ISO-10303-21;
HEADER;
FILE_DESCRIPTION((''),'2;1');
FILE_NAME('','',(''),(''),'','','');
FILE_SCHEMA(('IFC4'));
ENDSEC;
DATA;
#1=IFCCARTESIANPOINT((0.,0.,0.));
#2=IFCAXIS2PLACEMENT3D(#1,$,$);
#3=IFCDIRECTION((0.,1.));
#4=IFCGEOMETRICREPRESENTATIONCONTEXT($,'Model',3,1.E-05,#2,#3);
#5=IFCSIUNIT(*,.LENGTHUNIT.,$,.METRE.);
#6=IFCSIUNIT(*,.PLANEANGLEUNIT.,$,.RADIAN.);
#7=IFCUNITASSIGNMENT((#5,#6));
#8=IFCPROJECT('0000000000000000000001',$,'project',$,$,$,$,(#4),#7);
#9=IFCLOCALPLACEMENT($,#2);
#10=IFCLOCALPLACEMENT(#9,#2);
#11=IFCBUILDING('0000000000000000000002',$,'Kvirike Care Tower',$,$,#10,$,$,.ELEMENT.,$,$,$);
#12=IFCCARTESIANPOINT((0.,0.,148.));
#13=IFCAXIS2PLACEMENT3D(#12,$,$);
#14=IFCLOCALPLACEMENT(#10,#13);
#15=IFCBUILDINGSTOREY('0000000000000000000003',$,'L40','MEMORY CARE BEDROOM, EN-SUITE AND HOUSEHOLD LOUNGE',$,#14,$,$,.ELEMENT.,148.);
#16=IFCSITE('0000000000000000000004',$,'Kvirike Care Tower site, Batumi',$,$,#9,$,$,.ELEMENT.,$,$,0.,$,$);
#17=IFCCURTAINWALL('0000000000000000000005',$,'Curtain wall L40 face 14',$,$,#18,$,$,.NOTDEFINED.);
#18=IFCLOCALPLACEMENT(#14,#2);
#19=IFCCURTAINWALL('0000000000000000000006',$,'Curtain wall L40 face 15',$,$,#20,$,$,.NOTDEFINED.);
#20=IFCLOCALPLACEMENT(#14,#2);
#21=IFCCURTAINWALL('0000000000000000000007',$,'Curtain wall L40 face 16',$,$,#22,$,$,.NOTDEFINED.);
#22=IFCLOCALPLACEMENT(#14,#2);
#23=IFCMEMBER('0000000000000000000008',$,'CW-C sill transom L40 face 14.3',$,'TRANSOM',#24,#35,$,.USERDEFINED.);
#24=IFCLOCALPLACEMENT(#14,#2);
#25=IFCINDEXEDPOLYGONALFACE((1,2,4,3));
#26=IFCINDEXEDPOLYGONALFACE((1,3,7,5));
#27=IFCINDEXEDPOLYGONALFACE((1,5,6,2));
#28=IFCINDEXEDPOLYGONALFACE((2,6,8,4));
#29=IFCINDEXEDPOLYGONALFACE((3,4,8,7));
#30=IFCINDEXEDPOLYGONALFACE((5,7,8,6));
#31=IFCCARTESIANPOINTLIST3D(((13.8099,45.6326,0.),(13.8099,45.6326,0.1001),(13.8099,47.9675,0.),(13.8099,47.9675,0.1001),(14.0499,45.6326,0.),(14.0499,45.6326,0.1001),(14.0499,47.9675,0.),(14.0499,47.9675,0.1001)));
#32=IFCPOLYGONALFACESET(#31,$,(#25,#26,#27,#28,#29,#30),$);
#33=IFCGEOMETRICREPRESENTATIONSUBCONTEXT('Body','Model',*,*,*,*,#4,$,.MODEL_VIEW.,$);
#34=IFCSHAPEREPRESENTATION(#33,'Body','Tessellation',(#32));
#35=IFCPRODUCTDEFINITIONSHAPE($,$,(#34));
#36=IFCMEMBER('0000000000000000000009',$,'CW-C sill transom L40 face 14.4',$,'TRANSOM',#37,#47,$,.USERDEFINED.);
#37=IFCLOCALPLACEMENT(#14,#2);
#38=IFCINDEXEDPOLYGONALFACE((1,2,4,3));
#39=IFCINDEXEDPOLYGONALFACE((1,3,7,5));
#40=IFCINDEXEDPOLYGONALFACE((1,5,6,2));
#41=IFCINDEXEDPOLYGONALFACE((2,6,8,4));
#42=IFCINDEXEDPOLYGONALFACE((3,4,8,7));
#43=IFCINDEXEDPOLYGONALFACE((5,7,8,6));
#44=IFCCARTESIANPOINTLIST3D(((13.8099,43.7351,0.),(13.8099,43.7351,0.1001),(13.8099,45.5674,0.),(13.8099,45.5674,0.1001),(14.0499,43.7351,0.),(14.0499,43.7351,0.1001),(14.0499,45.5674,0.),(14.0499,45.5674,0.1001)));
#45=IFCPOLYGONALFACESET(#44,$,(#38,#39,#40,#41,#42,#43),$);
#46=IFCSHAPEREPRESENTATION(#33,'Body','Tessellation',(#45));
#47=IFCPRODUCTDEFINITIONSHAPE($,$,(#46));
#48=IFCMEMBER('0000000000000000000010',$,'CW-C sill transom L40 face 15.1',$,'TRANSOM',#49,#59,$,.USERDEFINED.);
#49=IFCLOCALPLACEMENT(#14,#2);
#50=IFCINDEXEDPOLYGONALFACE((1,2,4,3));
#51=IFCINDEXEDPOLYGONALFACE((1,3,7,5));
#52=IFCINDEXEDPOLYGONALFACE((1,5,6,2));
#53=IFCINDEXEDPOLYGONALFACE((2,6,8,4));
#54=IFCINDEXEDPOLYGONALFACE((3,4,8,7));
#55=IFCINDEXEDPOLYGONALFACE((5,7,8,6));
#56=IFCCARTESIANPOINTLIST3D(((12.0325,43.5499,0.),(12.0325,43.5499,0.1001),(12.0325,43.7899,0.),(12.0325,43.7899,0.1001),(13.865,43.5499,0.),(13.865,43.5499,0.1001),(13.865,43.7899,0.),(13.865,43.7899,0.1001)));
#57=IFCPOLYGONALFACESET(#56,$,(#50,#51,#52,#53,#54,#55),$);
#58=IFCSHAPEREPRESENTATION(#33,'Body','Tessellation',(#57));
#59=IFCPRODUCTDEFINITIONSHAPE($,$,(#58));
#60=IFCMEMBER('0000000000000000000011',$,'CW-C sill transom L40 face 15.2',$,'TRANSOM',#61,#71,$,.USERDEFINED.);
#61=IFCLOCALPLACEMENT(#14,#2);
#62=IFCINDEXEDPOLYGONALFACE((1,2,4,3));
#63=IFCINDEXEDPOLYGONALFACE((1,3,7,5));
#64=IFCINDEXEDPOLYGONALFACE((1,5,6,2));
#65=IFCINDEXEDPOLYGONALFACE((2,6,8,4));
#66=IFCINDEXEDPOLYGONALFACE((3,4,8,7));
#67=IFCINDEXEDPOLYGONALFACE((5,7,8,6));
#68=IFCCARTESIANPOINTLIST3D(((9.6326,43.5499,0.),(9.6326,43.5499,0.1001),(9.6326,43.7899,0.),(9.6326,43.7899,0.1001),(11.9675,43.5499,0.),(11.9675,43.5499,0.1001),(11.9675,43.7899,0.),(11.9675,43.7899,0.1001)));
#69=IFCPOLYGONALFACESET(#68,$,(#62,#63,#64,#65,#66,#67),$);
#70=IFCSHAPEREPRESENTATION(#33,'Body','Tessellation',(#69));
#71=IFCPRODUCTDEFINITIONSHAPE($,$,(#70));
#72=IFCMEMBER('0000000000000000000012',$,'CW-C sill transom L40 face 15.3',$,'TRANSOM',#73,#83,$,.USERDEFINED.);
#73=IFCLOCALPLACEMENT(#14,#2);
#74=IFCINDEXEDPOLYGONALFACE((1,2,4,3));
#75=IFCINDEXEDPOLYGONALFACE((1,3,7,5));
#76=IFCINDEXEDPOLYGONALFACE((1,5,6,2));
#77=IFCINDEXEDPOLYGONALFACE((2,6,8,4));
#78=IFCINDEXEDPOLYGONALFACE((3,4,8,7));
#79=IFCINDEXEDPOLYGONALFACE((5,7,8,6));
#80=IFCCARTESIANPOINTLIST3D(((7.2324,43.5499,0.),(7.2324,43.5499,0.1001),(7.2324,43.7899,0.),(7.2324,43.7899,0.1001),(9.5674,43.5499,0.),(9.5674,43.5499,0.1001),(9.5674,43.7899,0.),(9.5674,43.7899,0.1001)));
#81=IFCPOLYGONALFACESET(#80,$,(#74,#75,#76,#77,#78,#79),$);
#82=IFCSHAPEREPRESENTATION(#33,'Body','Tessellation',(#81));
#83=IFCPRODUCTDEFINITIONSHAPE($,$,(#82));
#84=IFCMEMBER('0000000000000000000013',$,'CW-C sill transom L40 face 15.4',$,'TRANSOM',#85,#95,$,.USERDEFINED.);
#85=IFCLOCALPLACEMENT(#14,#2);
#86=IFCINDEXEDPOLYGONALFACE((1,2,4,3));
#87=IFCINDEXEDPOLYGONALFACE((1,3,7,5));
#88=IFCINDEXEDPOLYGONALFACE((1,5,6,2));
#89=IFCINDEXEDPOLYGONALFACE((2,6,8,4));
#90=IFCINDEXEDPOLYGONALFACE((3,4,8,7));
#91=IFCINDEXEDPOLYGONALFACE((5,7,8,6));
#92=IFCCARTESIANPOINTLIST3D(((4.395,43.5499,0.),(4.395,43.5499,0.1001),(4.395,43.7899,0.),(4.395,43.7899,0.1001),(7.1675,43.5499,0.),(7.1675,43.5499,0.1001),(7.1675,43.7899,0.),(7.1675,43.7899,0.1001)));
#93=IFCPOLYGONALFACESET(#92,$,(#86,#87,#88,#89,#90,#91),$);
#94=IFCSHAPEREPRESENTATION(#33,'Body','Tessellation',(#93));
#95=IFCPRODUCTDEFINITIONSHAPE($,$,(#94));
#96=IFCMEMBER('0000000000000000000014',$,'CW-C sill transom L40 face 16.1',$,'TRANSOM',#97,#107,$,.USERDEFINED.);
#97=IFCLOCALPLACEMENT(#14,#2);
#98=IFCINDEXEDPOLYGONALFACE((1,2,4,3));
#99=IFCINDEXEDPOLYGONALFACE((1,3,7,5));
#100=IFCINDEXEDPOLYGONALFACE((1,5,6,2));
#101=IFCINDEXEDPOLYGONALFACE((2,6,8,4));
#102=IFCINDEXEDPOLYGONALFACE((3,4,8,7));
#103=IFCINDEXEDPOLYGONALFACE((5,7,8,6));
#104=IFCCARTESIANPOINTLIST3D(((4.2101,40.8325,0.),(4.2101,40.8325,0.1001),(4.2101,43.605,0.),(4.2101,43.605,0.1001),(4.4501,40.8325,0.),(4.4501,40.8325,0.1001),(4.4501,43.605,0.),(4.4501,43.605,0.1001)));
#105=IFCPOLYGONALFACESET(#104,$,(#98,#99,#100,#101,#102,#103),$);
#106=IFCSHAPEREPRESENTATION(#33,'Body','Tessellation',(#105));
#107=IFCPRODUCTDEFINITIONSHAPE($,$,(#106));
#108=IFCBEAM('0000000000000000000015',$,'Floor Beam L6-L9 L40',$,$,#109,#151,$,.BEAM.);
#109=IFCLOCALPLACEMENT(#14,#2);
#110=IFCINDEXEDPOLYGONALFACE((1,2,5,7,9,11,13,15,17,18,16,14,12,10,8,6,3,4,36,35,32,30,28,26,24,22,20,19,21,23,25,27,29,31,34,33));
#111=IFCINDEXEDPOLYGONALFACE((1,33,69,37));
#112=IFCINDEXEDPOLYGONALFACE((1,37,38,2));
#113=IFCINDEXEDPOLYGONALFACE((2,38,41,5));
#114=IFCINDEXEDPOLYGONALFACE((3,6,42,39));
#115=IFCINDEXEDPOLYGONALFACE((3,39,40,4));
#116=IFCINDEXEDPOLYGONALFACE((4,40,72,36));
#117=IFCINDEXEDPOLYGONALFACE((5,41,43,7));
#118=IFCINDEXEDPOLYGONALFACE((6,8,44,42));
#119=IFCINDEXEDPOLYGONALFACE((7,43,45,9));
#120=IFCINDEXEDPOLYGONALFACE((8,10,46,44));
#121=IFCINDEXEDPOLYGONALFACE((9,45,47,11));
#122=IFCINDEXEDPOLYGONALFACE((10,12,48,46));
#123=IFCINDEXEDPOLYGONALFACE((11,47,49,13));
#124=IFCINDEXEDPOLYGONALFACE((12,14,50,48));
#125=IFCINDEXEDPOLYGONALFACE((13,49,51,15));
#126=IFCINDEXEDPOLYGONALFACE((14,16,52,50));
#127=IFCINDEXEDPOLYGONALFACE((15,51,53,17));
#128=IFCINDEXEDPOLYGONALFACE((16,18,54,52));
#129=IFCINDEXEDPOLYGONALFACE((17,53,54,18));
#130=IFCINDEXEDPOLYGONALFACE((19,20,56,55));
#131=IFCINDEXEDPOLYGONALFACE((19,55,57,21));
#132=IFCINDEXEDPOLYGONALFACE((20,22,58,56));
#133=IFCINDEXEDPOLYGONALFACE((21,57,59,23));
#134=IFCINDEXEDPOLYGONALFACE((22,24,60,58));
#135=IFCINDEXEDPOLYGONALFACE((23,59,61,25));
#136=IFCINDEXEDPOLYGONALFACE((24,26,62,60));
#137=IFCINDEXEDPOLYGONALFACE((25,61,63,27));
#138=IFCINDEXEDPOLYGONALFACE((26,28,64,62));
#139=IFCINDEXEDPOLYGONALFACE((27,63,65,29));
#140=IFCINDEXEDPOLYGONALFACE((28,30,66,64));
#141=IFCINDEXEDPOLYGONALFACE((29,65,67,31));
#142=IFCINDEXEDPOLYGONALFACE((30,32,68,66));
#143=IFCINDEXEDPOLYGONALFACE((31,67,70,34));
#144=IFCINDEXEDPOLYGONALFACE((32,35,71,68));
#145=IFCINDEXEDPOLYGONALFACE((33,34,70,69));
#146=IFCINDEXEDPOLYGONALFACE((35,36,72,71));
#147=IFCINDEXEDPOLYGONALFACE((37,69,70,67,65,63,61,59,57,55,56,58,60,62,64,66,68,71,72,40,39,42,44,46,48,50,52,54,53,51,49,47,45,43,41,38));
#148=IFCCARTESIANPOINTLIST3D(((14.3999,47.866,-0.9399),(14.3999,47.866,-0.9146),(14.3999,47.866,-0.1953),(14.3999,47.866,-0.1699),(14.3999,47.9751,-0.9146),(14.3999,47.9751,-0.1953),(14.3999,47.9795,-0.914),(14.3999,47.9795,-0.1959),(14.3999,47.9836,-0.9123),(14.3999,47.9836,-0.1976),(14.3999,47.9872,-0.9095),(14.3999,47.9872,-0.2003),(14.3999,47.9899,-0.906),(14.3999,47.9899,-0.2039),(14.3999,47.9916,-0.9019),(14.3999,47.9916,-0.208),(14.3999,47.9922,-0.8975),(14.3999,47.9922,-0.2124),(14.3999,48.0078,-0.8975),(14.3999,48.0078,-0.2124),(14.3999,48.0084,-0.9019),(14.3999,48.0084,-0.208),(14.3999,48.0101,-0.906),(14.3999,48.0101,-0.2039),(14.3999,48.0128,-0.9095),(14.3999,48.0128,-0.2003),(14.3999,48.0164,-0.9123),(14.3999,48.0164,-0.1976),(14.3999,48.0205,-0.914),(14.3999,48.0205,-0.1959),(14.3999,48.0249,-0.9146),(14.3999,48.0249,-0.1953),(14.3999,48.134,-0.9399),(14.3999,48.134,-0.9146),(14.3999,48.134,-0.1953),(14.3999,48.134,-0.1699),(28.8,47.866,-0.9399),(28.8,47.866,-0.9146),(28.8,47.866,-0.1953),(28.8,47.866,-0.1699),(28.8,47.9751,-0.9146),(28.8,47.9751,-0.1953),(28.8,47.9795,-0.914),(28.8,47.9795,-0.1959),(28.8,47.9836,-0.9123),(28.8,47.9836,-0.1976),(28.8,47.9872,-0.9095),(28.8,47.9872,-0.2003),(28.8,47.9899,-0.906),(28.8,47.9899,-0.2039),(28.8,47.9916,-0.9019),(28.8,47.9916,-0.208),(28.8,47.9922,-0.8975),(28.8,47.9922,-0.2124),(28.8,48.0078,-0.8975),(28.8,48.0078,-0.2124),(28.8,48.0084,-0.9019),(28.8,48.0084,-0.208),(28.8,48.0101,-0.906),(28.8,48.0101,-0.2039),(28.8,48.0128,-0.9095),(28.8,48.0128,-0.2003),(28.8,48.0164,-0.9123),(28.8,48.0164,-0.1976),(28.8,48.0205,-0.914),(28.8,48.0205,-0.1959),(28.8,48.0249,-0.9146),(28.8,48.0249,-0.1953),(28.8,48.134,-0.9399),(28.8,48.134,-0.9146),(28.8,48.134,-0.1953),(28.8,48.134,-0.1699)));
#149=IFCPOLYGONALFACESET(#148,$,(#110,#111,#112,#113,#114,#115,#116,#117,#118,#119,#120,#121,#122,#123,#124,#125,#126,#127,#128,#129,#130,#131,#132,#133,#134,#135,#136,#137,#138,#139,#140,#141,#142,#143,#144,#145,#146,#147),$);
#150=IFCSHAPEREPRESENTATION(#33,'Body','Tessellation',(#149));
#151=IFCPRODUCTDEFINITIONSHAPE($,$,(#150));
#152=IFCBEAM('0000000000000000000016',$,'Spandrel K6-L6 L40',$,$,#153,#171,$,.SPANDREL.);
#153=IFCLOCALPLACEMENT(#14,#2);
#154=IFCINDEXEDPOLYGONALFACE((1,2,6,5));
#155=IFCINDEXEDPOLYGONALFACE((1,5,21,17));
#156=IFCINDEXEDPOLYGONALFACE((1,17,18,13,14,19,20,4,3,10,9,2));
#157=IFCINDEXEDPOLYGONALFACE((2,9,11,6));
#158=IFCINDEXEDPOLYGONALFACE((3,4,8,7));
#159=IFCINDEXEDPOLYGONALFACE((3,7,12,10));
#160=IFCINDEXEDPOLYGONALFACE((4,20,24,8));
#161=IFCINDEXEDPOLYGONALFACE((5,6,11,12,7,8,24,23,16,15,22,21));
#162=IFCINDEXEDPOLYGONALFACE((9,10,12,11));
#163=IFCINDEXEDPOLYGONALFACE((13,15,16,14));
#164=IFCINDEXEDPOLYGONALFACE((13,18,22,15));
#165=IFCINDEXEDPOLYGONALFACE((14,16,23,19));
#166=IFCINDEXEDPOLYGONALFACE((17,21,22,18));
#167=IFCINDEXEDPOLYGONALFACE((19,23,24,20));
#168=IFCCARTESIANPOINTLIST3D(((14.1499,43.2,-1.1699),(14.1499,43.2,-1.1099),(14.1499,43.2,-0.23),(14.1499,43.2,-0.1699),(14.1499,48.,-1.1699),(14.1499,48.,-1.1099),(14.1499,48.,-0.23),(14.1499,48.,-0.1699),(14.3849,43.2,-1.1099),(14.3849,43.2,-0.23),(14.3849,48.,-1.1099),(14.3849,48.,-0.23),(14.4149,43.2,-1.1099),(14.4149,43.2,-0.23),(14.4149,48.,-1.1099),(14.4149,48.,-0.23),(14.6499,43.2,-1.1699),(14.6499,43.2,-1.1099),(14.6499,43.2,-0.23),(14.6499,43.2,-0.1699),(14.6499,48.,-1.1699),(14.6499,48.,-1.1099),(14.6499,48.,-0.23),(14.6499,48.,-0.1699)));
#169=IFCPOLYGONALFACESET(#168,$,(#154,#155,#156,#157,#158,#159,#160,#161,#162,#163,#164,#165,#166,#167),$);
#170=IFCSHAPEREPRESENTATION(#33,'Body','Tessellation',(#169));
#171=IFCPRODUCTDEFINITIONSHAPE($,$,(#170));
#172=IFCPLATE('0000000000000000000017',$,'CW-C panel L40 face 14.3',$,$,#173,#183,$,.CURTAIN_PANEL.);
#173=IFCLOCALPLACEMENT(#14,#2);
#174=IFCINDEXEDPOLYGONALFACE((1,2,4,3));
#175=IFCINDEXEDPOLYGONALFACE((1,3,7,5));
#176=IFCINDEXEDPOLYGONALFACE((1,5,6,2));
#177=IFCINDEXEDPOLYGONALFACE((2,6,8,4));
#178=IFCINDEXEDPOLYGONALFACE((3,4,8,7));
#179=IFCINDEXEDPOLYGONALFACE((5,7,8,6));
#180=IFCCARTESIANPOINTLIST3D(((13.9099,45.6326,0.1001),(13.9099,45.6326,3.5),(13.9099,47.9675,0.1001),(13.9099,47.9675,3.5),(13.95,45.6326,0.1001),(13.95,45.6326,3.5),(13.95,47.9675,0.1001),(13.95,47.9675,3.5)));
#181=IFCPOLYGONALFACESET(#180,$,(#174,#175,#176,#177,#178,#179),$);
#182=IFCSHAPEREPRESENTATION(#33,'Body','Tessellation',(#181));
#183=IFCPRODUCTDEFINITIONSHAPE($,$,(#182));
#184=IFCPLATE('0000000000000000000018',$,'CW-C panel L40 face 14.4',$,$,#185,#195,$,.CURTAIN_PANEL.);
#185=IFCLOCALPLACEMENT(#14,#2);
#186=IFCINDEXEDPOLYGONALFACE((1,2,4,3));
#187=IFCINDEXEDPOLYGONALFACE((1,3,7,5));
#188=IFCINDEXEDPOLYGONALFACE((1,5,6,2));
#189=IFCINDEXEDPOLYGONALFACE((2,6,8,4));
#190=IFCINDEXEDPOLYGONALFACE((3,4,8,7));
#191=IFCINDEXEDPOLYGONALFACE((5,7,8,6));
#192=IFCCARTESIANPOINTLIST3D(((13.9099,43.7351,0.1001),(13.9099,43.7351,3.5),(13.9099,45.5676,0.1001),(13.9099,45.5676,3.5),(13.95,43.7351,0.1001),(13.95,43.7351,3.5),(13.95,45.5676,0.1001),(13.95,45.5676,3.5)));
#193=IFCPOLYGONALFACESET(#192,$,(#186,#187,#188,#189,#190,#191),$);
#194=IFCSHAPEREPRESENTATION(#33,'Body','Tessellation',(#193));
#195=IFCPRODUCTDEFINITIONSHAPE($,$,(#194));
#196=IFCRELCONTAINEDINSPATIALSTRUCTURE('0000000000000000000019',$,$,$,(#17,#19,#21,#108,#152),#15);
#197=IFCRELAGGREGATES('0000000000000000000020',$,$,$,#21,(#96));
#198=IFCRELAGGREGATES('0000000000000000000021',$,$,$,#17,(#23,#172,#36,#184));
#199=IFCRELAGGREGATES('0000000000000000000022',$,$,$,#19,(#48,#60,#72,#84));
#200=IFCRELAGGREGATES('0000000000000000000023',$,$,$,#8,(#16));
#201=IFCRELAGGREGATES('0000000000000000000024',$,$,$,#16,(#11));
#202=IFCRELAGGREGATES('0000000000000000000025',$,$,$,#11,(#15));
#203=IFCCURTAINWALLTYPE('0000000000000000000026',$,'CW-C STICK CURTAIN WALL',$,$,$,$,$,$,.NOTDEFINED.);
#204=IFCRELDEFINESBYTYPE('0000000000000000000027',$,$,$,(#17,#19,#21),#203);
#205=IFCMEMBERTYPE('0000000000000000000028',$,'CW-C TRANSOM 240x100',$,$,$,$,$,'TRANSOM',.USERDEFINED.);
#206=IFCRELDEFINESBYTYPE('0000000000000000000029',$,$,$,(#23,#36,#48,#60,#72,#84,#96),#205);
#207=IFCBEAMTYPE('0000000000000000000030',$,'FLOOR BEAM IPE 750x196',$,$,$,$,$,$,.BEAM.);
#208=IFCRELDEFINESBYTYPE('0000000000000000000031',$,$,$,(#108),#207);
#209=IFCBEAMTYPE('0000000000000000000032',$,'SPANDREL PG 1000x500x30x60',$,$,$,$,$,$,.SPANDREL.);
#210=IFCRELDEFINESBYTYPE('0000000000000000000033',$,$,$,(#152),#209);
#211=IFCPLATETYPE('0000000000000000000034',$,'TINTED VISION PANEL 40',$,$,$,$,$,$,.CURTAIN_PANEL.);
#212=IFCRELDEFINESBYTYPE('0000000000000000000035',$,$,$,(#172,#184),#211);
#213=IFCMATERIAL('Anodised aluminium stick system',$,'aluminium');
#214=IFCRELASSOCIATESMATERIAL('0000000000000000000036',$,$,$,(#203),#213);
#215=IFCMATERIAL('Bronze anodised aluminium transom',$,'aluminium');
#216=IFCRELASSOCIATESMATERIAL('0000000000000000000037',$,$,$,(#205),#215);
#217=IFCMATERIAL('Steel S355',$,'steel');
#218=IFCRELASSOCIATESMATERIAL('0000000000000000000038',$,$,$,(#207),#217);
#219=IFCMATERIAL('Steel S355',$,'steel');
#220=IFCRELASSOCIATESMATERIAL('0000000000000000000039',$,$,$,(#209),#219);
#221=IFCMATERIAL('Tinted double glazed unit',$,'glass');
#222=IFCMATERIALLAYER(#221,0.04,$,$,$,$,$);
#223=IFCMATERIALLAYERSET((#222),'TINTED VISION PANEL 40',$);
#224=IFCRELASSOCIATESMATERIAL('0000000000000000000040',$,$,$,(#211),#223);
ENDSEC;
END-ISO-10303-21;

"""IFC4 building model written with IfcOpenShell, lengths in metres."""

from ifc_helpers import new_model, si_unit, direction, frame, origin, origin_2d, place, context, subcontext, project, spatial, rectangle, i_section, extrude, material, layer, layer_set, material_profile, profile_set, type_object, element, aggregate, save


model = new_model("IFC4")

# Units and contexts
model_context = context("Model", 3, precision=1e-05, world=origin(), true_north=direction((0.0, 1.0)))
body_context = subcontext(model_context, "Body", "Model", "MODEL_VIEW")
ifc_project = project(units=[si_unit("LENGTHUNIT", "METRE"), si_unit("PLANEANGLEUNIT", "RADIAN")], contexts=[model_context])

# Site, building, storey
site_placement = place(None, origin())
site = spatial("IfcSite", under=ifc_project, at=site_placement, Name="Kvirike Care Tower site, Batumi", CompositionType="ELEMENT", RefElevation=0.0)
building_placement = place(site_placement, origin())
building = spatial("IfcBuilding", under=site, at=building_placement, Name="Kvirike Care Tower", CompositionType="ELEMENT")
storey_placement = place(building_placement, frame((0.0, 0.0, 148.0)))
storey = spatial("IfcBuildingStorey", under=building, at=storey_placement, Name="L40", Description="MEMORY CARE BEDROOM, EN-SUITE AND HOUSEHOLD LOUNGE", CompositionType="ELEMENT", Elevation=148.0)

# Curtain walls
ifc_material_1 = material(Name="Anodised aluminium stick system", Category="aluminium")
curtain_wall_type = type_object("IfcCurtainWallType", Name="CW-C STICK CURTAIN WALL", PredefinedType="NOTDEFINED", material=ifc_material_1)
curtain_wall_1_placement = place(storey_placement, origin())
curtain_wall_1 = element("IfcCurtainWall", 1, at=curtain_wall_1_placement, inside=storey, type_object=curtain_wall_type, Name="Curtain wall L40 face 14", PredefinedType="NOTDEFINED")
curtain_wall_2_placement = place(storey_placement, origin())
curtain_wall_2 = element("IfcCurtainWall", 2, at=curtain_wall_2_placement, inside=storey, type_object=curtain_wall_type, Name="Curtain wall L40 face 15", PredefinedType="NOTDEFINED")

# Curtain wall
curtain_wall_3_placement = place(storey_placement, origin())
curtain_wall_3 = element("IfcCurtainWall", 3, at=curtain_wall_3_placement, inside=storey, type_object=curtain_wall_type, Name="Curtain wall L40 face 16", PredefinedType="NOTDEFINED")

# Members
ifc_material_2 = material(Name="Bronze anodised aluminium transom", Category="aluminium")
ifc_material_profile_1 = material_profile(ifc_material_2, rectangle(XDim=0.24, YDim=0.1001, at=origin_2d()), Name="CW-C TRANSOM 240x100")
ifc_profile_set_1 = profile_set([ifc_material_profile_1], Name="Bronze anodised aluminium transom")
member_type_1 = type_object("IfcMemberType", Name="CW-C TRANSOM 240x100", ElementType="TRANSOM", PredefinedType="USERDEFINED", material=ifc_profile_set_1)
member_1_placement = place(storey_placement, frame((13.9299, 47.9675, 0.05), z_axis=(0.0, -1.0, 0.0), x_axis=(1.0, 0.0, 0.0)))
member_1 = element("IfcMember", 4, at=member_1_placement, type_object=member_type_1, Name="CW-C sill transom L40 face 14.3", ObjectType="TRANSOM", PredefinedType="USERDEFINED", context=body_context, shape_type="SweptSolid", body=[
    extrude(rectangle(XDim=0.24, YDim=0.1001, at=origin_2d()), origin(), (0.0, 0.0, 1.0), 2.335),
])
member_2_placement = place(storey_placement, frame((13.9299, 45.5674, 0.05), z_axis=(0.0, -1.0, 0.0), x_axis=(1.0, 0.0, 0.0)))
member_2 = element("IfcMember", 5, at=member_2_placement, type_object=member_type_1, Name="CW-C sill transom L40 face 14.4", ObjectType="TRANSOM", PredefinedType="USERDEFINED", context=body_context, shape_type="SweptSolid", body=[
    extrude(rectangle(XDim=0.24, YDim=0.1001, at=origin_2d()), origin(), (0.0, 0.0, 1.0), 1.8323),
])
member_3_placement = place(storey_placement, frame((13.865, 43.6699, 0.05), z_axis=(-1.0, 0.0, 0.0), x_axis=(0.0, -1.0, 0.0)))
member_3 = element("IfcMember", 6, at=member_3_placement, type_object=member_type_1, Name="CW-C sill transom L40 face 15.1", ObjectType="TRANSOM", PredefinedType="USERDEFINED", context=body_context, shape_type="SweptSolid", body=[
    extrude(rectangle(XDim=0.24, YDim=0.1001, at=origin_2d()), origin(), (0.0, 0.0, 1.0), 1.8325),
])
member_4_placement = place(storey_placement, frame((11.9675, 43.6699, 0.05), z_axis=(-1.0, 0.0, 0.0), x_axis=(0.0, -1.0, 0.0)))
member_4 = element("IfcMember", 7, at=member_4_placement, type_object=member_type_1, Name="CW-C sill transom L40 face 15.2", ObjectType="TRANSOM", PredefinedType="USERDEFINED", context=body_context, shape_type="SweptSolid", body=[
    extrude(rectangle(XDim=0.24, YDim=0.1001, at=origin_2d()), origin(), (0.0, 0.0, 1.0), 2.335),
])
member_5_placement = place(storey_placement, frame((9.5674, 43.6699, 0.05), z_axis=(-1.0, 0.0, 0.0), x_axis=(0.0, -1.0, 0.0)))
member_5 = element("IfcMember", 8, at=member_5_placement, type_object=member_type_1, Name="CW-C sill transom L40 face 15.3", ObjectType="TRANSOM", PredefinedType="USERDEFINED", context=body_context, shape_type="SweptSolid", body=[
    extrude(rectangle(XDim=0.24, YDim=0.1001, at=origin_2d()), origin(), (0.0, 0.0, 1.0), 2.335),
])
member_6_placement = place(storey_placement, frame((7.1675, 43.6699, 0.05), z_axis=(-1.0, 0.0, 0.0), x_axis=(0.0, -1.0, 0.0)))
member_6 = element("IfcMember", 9, at=member_6_placement, type_object=member_type_1, Name="CW-C sill transom L40 face 15.4", ObjectType="TRANSOM", PredefinedType="USERDEFINED", context=body_context, shape_type="SweptSolid", body=[
    extrude(rectangle(XDim=0.24, YDim=0.1001, at=origin_2d()), origin(), (0.0, 0.0, 1.0), 2.7725),
])
member_7_placement = place(storey_placement, frame((4.3301, 43.605, 0.05), z_axis=(0.0, -1.0, 0.0), x_axis=(1.0, 0.0, 0.0)))
member_7 = element("IfcMember", 10, at=member_7_placement, type_object=member_type_1, Name="CW-C sill transom L40 face 16.1", ObjectType="TRANSOM", PredefinedType="USERDEFINED", context=body_context, shape_type="SweptSolid", body=[
    extrude(rectangle(XDim=0.24, YDim=0.1001, at=origin_2d()), origin(), (0.0, 0.0, 1.0), 2.7725),
])
aggregate(curtain_wall_3, [member_7])

# Beams
ifc_material_3 = material(Name="Steel S355", Category="steel")
ifc_material_profile_2 = material_profile(ifc_material_3, i_section(OverallWidth=0.2681, OverallDepth=0.77, WebThickness=0.0156, FlangeThickness=0.0254, FilletRadius=0.0171, at=origin_2d()), Name="IPE 750x196")
ifc_profile_set_2 = profile_set([ifc_material_profile_2], Name="Steel S355")
beam_type_1 = type_object("IfcBeamType", Name="FLOOR BEAM IPE 750x196", PredefinedType="BEAM", material=ifc_profile_set_2)
beam_1_placement = place(storey_placement, frame((14.3999, 48.0, -0.5549), z_axis=(1.0, 0.0, 0.0), x_axis=(0.0, 1.0, 0.0)))
element("IfcBeam", 11, at=beam_1_placement, inside=storey, type_object=beam_type_1, Name="Floor Beam L6-L9 L40", PredefinedType="BEAM", context=body_context, shape_type="SweptSolid", body=[
    extrude(i_section(OverallWidth=0.2681, OverallDepth=0.77, WebThickness=0.0156, FlangeThickness=0.0254, FilletRadius=0.0171, at=origin_2d()), origin(), (0.0, 0.0, 1.0), 14.4001),
])
ifc_material_4 = material(Name="Steel S355", Category="steel")
ifc_material_profile_3 = material_profile(ifc_material_4, i_section(OverallWidth=0.5, OverallDepth=1.0, WebThickness=0.03, FlangeThickness=0.0601, at=origin_2d()), Name="PG 1000x500x30x60")
ifc_profile_set_3 = profile_set([ifc_material_profile_3], Name="Steel S355")
beam_type_2 = type_object("IfcBeamType", Name="SPANDREL PG 1000x500x30x60", PredefinedType="SPANDREL", material=ifc_profile_set_3)
beam_2_placement = place(storey_placement, frame((14.3999, 43.2, -0.6699), z_axis=(0.0, 1.0, 0.0), x_axis=(-1.0, 0.0, 0.0)))
element("IfcBeam", 12, at=beam_2_placement, inside=storey, type_object=beam_type_2, Name="Spandrel K6-L6 L40", PredefinedType="SPANDREL", context=body_context, shape_type="SweptSolid", body=[
    extrude(i_section(OverallWidth=0.5, OverallDepth=1.0, WebThickness=0.03, FlangeThickness=0.0601, at=origin_2d()), origin(), (0.0, 0.0, 1.0), 4.8),
])

# Plates
ifc_material_5 = material(Name="Tinted double glazed unit", Category="glass")
ifc_layer_1 = layer(ifc_material_5, 0.04)
ifc_layer_set_1 = layer_set([ifc_layer_1], Name="TINTED VISION PANEL 40")
plate_type = type_object("IfcPlateType", Name="TINTED VISION PANEL 40", PredefinedType="CURTAIN_PANEL", material=ifc_layer_set_1)
plate_1_placement = place(storey_placement, frame((13.9299, 46.8, 0.1001), z_axis=(0.0, 0.0, 1.0), x_axis=(0.0, -1.0, 0.0)))
plate_1 = element("IfcPlate", 13, at=plate_1_placement, type_object=plate_type, Name="CW-C panel L40 face 14.3", PredefinedType="CURTAIN_PANEL", context=body_context, shape_type="SweptSolid", body=[
    extrude(rectangle(XDim=2.335, YDim=0.04, at=origin_2d()), origin(), (0.0, 0.0, 1.0), 3.3999),
])
plate_2_placement = place(storey_placement, frame((13.9299, 44.6514, 0.1001), z_axis=(0.0, 0.0, 1.0), x_axis=(0.0, -1.0, 0.0)))
plate_2 = element("IfcPlate", 14, at=plate_2_placement, type_object=plate_type, Name="CW-C panel L40 face 14.4", PredefinedType="CURTAIN_PANEL", context=body_context, shape_type="SweptSolid", body=[
    extrude(rectangle(XDim=1.8325, YDim=0.04, at=origin_2d()), origin(), (0.0, 0.0, 1.0), 3.3999),
])
aggregate(curtain_wall_1, [member_1, plate_1, member_2, plate_2])
aggregate(curtain_wall_2, [member_3, member_4, member_5, member_6])

save(model, "model.ifc")
